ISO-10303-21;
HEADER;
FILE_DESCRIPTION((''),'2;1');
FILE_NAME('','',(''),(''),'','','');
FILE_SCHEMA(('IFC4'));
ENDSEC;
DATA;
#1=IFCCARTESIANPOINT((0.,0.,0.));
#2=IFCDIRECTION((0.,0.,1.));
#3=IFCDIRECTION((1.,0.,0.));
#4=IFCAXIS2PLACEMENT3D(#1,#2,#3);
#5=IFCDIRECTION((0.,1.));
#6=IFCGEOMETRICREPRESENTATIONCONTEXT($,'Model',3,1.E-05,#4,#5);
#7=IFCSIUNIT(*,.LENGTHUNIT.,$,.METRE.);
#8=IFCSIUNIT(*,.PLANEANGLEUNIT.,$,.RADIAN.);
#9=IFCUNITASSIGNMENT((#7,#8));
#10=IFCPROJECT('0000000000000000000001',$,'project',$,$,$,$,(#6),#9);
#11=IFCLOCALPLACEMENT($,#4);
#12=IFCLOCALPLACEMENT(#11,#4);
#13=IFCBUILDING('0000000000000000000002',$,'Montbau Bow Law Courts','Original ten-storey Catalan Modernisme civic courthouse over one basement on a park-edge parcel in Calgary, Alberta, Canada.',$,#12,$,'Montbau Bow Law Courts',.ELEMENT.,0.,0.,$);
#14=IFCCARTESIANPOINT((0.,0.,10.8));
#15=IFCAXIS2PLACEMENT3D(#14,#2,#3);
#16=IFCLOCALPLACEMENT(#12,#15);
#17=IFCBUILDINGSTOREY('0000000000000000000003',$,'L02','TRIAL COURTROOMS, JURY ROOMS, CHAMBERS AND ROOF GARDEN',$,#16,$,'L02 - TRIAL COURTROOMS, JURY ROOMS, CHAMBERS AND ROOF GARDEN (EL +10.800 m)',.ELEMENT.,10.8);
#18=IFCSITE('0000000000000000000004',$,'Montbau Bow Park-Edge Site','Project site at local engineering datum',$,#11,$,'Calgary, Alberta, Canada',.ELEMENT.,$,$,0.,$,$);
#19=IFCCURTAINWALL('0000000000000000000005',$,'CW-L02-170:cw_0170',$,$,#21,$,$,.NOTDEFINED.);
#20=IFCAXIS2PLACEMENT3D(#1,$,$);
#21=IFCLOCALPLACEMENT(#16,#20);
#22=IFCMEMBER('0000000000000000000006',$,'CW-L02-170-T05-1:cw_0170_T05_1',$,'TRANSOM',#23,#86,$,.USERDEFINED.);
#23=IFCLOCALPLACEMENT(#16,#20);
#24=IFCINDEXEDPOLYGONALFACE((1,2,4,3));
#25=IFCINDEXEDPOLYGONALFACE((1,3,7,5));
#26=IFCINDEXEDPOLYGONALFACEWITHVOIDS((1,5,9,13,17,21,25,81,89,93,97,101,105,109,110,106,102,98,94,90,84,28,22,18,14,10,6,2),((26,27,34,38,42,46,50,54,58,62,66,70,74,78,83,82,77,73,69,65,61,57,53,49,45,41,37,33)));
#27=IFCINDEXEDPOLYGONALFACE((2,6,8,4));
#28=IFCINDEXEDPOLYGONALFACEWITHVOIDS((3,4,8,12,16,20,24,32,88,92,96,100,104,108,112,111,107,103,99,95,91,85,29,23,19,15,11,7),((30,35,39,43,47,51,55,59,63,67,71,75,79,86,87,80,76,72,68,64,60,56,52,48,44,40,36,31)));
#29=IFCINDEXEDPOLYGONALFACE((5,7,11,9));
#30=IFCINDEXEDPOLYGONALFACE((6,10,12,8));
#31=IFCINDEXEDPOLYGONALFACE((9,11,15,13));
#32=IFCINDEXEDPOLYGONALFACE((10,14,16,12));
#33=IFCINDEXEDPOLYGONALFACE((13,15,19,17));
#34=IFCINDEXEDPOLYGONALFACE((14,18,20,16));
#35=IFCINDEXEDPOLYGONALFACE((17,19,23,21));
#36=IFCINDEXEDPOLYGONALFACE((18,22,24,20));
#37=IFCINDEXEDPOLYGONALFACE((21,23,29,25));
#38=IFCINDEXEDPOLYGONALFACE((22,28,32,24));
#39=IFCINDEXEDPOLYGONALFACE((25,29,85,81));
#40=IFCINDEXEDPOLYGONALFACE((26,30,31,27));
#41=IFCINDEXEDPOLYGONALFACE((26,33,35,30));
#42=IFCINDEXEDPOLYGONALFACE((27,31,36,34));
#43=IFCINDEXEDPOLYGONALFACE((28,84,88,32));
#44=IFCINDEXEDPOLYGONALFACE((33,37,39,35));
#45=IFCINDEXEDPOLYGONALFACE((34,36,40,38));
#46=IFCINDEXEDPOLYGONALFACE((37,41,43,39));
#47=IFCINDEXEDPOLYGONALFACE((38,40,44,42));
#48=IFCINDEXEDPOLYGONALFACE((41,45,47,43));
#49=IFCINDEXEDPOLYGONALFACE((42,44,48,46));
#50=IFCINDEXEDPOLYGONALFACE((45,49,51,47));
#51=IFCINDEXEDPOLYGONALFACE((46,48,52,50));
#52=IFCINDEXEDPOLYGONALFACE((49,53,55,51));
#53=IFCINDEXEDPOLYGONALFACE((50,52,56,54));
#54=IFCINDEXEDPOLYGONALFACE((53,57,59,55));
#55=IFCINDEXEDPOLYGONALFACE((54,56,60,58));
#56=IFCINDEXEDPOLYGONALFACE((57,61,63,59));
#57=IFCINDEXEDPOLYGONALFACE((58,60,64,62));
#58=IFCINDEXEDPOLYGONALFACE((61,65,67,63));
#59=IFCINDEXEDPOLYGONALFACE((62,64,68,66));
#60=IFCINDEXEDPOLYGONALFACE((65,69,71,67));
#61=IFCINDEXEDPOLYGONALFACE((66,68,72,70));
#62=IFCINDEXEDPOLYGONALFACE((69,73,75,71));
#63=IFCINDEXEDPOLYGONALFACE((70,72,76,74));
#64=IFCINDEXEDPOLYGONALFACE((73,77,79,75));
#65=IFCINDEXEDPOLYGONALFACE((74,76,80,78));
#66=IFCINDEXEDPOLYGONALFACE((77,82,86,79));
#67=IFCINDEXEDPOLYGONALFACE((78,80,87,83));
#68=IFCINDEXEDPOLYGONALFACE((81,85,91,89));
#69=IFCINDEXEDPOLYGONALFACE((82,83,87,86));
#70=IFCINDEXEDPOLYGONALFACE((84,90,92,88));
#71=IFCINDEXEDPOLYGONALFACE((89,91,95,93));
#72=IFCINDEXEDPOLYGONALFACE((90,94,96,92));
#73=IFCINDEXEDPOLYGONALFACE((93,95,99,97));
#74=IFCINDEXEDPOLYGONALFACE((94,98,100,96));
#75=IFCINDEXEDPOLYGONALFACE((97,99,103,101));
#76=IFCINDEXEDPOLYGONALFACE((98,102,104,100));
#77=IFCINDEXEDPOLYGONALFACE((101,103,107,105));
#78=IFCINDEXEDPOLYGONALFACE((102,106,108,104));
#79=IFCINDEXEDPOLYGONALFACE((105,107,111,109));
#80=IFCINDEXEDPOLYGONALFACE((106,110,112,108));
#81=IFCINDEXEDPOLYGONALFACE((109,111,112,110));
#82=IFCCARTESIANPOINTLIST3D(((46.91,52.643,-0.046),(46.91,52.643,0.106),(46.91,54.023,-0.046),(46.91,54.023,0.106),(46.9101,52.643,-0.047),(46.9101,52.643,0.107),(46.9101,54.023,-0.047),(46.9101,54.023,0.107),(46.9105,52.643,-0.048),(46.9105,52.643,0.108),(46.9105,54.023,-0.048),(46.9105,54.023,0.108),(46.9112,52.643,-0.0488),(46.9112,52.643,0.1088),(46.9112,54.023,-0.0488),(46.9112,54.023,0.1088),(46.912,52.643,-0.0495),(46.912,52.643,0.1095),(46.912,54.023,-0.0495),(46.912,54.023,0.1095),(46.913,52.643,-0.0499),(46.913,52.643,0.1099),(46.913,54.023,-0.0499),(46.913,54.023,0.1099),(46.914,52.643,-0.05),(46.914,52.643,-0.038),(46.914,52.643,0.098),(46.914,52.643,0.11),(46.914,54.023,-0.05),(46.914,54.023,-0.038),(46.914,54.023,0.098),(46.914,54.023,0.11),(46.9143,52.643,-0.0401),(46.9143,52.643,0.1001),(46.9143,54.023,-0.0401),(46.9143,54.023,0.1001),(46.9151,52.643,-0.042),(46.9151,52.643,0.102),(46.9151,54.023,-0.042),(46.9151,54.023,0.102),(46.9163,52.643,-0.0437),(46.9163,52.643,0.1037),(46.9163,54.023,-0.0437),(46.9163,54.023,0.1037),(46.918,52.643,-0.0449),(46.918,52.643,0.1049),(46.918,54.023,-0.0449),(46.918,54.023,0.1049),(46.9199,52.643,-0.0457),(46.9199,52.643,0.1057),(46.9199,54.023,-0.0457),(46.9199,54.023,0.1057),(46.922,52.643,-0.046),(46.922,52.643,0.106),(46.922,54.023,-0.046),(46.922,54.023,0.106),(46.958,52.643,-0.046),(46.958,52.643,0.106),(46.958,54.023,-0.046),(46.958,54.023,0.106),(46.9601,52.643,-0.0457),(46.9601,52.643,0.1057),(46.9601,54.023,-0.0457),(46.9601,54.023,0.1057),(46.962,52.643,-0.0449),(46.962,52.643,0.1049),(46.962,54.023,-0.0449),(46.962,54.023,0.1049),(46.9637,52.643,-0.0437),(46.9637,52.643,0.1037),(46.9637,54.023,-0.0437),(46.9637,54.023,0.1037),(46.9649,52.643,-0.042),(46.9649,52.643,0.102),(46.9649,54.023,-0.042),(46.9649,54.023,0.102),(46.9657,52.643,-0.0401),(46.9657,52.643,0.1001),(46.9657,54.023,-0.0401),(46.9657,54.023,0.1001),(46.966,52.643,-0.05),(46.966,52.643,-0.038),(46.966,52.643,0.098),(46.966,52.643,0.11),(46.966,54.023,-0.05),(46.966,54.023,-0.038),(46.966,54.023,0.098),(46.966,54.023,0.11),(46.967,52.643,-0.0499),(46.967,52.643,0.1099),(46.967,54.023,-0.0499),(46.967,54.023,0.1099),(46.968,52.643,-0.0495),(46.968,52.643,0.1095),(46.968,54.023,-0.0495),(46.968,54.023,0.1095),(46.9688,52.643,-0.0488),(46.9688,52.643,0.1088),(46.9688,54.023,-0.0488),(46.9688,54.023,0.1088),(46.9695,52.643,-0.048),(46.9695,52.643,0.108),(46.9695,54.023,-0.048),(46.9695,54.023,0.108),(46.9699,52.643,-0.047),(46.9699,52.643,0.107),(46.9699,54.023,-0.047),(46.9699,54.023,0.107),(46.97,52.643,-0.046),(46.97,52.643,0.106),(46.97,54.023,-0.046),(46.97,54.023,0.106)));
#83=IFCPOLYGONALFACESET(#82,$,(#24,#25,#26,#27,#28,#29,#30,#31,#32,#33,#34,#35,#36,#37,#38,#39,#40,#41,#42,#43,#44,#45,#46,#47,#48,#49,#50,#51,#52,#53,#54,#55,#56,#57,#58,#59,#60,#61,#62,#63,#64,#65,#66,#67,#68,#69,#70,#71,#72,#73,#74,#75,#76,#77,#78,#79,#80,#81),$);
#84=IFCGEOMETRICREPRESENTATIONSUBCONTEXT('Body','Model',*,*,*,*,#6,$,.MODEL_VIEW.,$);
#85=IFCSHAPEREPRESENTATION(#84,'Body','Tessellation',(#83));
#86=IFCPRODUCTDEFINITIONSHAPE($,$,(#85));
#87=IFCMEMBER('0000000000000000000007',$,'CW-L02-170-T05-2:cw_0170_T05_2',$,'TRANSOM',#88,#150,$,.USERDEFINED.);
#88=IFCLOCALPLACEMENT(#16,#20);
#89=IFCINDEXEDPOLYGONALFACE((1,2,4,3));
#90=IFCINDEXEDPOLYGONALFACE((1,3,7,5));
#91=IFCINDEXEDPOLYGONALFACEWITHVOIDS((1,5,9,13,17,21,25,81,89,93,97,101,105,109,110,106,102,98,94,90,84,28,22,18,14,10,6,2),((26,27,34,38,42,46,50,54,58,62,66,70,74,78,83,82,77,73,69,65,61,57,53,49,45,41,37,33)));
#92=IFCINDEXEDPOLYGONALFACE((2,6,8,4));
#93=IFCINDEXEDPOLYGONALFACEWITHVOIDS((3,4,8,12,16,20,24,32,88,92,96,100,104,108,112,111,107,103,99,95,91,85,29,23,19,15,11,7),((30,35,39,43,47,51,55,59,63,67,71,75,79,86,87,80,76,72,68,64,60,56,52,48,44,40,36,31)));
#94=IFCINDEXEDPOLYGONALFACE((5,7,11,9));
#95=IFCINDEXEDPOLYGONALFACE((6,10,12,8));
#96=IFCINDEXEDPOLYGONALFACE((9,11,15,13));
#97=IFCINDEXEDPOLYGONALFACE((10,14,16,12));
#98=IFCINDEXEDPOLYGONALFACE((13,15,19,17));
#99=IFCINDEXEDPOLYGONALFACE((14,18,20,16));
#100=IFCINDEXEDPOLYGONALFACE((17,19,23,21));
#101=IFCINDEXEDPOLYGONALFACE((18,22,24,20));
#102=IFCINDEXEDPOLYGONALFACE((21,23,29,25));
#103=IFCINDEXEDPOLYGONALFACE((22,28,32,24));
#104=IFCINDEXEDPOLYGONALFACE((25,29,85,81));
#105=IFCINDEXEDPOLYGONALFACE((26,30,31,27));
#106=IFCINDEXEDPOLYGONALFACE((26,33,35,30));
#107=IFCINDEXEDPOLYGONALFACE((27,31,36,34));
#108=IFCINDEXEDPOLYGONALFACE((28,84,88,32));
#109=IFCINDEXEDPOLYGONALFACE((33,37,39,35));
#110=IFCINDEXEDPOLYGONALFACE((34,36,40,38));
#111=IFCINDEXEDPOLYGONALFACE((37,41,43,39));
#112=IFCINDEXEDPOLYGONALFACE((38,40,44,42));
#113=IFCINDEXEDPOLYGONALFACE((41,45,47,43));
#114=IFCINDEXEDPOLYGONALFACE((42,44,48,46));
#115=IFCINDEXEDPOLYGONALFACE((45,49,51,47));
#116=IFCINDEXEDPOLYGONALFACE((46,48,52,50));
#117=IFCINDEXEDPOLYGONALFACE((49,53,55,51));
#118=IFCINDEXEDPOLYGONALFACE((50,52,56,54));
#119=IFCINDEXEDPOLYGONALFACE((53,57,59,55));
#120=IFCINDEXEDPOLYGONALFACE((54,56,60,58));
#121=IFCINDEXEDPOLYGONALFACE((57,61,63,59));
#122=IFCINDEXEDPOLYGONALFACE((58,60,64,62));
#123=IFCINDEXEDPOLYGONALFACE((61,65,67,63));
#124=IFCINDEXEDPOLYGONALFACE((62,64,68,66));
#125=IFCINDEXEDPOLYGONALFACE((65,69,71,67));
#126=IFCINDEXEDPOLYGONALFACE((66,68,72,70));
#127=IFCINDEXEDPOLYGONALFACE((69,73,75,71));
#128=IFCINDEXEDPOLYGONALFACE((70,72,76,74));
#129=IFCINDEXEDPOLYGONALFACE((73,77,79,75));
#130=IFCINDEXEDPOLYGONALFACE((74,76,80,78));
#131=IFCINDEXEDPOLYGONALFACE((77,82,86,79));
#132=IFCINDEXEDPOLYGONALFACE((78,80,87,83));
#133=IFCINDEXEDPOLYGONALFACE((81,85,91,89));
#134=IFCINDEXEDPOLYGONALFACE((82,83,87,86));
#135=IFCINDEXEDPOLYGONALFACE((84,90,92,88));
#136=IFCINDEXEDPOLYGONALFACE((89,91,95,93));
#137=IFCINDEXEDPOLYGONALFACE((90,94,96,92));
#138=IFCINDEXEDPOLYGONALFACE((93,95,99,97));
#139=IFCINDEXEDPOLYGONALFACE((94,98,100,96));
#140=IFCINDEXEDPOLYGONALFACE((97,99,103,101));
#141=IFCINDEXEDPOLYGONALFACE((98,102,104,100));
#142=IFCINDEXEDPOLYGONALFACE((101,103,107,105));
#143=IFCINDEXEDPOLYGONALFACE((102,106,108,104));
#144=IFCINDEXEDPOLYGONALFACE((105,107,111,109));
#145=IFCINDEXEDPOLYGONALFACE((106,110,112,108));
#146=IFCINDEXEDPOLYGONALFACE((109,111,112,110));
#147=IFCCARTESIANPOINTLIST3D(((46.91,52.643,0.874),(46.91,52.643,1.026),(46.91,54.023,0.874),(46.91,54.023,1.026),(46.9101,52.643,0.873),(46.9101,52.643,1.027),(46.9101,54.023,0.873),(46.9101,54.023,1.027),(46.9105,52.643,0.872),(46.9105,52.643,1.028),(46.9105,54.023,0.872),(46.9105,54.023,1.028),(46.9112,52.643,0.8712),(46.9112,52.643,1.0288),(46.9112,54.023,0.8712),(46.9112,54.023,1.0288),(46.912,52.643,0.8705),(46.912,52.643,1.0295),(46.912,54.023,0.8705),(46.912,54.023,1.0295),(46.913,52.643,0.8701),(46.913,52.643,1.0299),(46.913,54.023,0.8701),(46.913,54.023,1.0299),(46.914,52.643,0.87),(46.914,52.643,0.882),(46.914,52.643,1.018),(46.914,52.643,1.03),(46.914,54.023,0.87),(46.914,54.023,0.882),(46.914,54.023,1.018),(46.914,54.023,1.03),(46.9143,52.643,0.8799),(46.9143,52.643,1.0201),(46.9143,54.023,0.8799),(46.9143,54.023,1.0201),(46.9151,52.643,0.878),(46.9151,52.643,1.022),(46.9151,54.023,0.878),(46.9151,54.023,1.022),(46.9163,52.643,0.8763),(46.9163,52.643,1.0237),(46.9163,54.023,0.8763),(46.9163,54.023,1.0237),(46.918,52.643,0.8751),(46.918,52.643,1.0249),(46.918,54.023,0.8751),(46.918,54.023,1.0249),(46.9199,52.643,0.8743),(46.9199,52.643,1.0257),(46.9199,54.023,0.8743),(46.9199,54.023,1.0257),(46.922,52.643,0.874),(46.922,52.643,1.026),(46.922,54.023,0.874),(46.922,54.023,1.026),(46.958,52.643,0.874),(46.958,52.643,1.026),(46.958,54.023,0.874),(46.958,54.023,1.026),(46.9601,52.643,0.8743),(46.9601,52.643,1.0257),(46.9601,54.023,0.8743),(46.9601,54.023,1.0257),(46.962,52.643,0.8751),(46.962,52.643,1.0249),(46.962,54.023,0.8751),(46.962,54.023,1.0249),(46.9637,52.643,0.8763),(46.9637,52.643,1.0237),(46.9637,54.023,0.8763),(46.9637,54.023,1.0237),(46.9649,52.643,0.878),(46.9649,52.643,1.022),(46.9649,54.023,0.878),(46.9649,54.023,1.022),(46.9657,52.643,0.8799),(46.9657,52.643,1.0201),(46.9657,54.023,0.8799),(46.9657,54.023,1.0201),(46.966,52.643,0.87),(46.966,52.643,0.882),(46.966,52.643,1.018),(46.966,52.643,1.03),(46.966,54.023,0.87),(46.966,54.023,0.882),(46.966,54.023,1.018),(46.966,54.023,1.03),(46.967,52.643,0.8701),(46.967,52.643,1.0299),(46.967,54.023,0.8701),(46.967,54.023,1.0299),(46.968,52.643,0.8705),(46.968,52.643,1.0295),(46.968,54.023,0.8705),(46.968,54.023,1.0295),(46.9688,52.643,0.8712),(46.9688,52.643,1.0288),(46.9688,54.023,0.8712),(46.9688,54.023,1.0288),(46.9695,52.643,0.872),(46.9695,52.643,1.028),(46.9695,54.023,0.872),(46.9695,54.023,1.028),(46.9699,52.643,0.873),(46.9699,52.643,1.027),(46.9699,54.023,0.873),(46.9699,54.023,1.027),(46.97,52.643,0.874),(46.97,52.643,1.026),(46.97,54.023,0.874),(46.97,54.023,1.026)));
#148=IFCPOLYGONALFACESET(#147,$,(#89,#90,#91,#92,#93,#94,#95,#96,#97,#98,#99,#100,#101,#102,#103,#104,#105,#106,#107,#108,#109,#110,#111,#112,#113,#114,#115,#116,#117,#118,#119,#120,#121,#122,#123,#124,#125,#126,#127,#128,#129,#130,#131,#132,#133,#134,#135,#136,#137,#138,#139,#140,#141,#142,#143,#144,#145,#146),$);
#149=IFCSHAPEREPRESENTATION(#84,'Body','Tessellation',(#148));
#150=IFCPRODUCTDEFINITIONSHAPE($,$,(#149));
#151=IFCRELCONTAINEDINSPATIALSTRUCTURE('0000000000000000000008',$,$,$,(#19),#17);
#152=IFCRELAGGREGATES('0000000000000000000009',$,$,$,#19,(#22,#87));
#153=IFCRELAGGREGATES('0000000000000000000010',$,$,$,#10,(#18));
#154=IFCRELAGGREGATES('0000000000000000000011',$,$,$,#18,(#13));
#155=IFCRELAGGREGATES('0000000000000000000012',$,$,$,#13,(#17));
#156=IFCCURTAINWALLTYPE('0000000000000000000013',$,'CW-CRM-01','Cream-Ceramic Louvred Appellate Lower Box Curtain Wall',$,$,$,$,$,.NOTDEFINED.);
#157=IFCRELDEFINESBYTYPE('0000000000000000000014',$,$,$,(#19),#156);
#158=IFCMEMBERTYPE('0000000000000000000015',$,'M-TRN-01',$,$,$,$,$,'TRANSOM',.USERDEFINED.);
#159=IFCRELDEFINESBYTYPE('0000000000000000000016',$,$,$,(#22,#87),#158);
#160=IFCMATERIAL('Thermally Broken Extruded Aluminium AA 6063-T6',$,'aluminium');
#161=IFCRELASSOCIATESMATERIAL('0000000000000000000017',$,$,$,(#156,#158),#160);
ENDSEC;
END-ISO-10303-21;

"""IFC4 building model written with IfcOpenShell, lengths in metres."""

from ifc_helpers import new_model, si_unit, direction, frame, origin_with_axes, origin_2d_with_axis, place, context, subcontext, project, spatial, hollow_rectangle, extrude, material, material_profile, profile_set, type_object, element, aggregate, save


model = new_model("IFC4")

# Units and contexts
model_context = context("Model", 3, precision=1e-05, world=origin_with_axes(), true_north=direction((0.0, 1.0)))
body_context = subcontext(model_context, "Body", "Model", "MODEL_VIEW")
ifc_project = project(units=[si_unit("LENGTHUNIT", "METRE"), si_unit("PLANEANGLEUNIT", "RADIAN")], contexts=[model_context])

# Site, building, storey
site_placement = place(None, origin_with_axes())
site = spatial("IfcSite", under=ifc_project, at=site_placement, Name="Montbau Bow Park-Edge Site", Description="Project site at local engineering datum", LongName="Calgary, Alberta, Canada", CompositionType="ELEMENT", RefElevation=0.0)
building_placement = place(site_placement, origin_with_axes())
building = spatial("IfcBuilding", under=site, at=building_placement, Name="Montbau Bow Law Courts", Description="Original ten-storey Catalan Modernisme civic courthouse over one basement on a park-edge parcel in Calgary, Alberta, Canada.", LongName="Montbau Bow Law Courts", CompositionType="ELEMENT", ElevationOfRefHeight=0.0, ElevationOfTerrain=0.0)
storey_placement = place(building_placement, frame((0.0, 0.0, 10.8), z_axis=(0.0, 0.0, 1.0), x_axis=(1.0, 0.0, 0.0)))
storey = spatial("IfcBuildingStorey", under=building, at=storey_placement, Name="L02", Description="TRIAL COURTROOMS, JURY ROOMS, CHAMBERS AND ROOF GARDEN", LongName="L02 - TRIAL COURTROOMS, JURY ROOMS, CHAMBERS AND ROOF GARDEN (EL +10.800 m)", CompositionType="ELEMENT", Elevation=10.8)

# Curtain wall, members
ifc_material_1 = material(Name="Thermally Broken Extruded Aluminium AA 6063-T6", Category="aluminium")
curtain_wall_type = type_object("IfcCurtainWallType", Name="CW-CRM-01", Description="Cream-Ceramic Louvred Appellate Lower Box Curtain Wall", PredefinedType="NOTDEFINED", material=ifc_material_1)
curtain_wall_placement = place(None, frame((46.94, 46.715, 10.8), z_axis=(0.0, 0.0, 1.0), x_axis=(1.0, 0.0, 0.0)))
curtain_wall = element("IfcCurtainWall", 1, at=curtain_wall_placement, inside=storey, type_object=curtain_wall_type, Name="CW-L02-170:cw_0170", PredefinedType="NOTDEFINED")
ifc_material_profile_1 = material_profile(ifc_material_1, hollow_rectangle(XDim=0.06, YDim=0.16, WallThickness=0.004, InnerFilletRadius=0.008, OuterFilletRadius=0.004, at=origin_2d_with_axis()), Name="CWT-160X60", Category="Main", Priority=0)
ifc_profile_set_1 = profile_set([ifc_material_profile_1], Name="Thermally Broken Extruded Aluminium AA 6063-T6")
member_type_1 = type_object("IfcMemberType", Name="M-TRN-01", ElementType="TRANSOM", PredefinedType="USERDEFINED", material=ifc_profile_set_1)
member_1_placement = place(None, frame((46.94, 52.643, 10.83), z_axis=(0.0, 1.0, 0.0), x_axis=(-1.0, 0.0, 0.0)))
member_1 = element("IfcMember", 2, at=member_1_placement, type_object=member_type_1, Name="CW-L02-170-T05-1:cw_0170_T05_1", ObjectType="TRANSOM", PredefinedType="USERDEFINED", context=body_context, shape_type="SweptSolid", body=[
    extrude(hollow_rectangle(XDim=0.06, YDim=0.16, WallThickness=0.004, InnerFilletRadius=0.008, OuterFilletRadius=0.004, at=origin_2d_with_axis()), origin_with_axes(), (0.0, 0.0, 1.0), 1.38),
])
member_2_placement = place(None, frame((46.94, 52.643, 11.75), z_axis=(0.0, 1.0, 0.0), x_axis=(-1.0, 0.0, 0.0)))
member_2 = element("IfcMember", 3, at=member_2_placement, type_object=member_type_1, Name="CW-L02-170-T05-2:cw_0170_T05_2", ObjectType="TRANSOM", PredefinedType="USERDEFINED", context=body_context, shape_type="SweptSolid", body=[
    extrude(hollow_rectangle(XDim=0.06, YDim=0.16, WallThickness=0.004, InnerFilletRadius=0.008, OuterFilletRadius=0.004, at=origin_2d_with_axis()), origin_with_axes(), (0.0, 0.0, 1.0), 1.38),
])
aggregate(curtain_wall, [member_1, member_2])

save(model, "model.ifc")
